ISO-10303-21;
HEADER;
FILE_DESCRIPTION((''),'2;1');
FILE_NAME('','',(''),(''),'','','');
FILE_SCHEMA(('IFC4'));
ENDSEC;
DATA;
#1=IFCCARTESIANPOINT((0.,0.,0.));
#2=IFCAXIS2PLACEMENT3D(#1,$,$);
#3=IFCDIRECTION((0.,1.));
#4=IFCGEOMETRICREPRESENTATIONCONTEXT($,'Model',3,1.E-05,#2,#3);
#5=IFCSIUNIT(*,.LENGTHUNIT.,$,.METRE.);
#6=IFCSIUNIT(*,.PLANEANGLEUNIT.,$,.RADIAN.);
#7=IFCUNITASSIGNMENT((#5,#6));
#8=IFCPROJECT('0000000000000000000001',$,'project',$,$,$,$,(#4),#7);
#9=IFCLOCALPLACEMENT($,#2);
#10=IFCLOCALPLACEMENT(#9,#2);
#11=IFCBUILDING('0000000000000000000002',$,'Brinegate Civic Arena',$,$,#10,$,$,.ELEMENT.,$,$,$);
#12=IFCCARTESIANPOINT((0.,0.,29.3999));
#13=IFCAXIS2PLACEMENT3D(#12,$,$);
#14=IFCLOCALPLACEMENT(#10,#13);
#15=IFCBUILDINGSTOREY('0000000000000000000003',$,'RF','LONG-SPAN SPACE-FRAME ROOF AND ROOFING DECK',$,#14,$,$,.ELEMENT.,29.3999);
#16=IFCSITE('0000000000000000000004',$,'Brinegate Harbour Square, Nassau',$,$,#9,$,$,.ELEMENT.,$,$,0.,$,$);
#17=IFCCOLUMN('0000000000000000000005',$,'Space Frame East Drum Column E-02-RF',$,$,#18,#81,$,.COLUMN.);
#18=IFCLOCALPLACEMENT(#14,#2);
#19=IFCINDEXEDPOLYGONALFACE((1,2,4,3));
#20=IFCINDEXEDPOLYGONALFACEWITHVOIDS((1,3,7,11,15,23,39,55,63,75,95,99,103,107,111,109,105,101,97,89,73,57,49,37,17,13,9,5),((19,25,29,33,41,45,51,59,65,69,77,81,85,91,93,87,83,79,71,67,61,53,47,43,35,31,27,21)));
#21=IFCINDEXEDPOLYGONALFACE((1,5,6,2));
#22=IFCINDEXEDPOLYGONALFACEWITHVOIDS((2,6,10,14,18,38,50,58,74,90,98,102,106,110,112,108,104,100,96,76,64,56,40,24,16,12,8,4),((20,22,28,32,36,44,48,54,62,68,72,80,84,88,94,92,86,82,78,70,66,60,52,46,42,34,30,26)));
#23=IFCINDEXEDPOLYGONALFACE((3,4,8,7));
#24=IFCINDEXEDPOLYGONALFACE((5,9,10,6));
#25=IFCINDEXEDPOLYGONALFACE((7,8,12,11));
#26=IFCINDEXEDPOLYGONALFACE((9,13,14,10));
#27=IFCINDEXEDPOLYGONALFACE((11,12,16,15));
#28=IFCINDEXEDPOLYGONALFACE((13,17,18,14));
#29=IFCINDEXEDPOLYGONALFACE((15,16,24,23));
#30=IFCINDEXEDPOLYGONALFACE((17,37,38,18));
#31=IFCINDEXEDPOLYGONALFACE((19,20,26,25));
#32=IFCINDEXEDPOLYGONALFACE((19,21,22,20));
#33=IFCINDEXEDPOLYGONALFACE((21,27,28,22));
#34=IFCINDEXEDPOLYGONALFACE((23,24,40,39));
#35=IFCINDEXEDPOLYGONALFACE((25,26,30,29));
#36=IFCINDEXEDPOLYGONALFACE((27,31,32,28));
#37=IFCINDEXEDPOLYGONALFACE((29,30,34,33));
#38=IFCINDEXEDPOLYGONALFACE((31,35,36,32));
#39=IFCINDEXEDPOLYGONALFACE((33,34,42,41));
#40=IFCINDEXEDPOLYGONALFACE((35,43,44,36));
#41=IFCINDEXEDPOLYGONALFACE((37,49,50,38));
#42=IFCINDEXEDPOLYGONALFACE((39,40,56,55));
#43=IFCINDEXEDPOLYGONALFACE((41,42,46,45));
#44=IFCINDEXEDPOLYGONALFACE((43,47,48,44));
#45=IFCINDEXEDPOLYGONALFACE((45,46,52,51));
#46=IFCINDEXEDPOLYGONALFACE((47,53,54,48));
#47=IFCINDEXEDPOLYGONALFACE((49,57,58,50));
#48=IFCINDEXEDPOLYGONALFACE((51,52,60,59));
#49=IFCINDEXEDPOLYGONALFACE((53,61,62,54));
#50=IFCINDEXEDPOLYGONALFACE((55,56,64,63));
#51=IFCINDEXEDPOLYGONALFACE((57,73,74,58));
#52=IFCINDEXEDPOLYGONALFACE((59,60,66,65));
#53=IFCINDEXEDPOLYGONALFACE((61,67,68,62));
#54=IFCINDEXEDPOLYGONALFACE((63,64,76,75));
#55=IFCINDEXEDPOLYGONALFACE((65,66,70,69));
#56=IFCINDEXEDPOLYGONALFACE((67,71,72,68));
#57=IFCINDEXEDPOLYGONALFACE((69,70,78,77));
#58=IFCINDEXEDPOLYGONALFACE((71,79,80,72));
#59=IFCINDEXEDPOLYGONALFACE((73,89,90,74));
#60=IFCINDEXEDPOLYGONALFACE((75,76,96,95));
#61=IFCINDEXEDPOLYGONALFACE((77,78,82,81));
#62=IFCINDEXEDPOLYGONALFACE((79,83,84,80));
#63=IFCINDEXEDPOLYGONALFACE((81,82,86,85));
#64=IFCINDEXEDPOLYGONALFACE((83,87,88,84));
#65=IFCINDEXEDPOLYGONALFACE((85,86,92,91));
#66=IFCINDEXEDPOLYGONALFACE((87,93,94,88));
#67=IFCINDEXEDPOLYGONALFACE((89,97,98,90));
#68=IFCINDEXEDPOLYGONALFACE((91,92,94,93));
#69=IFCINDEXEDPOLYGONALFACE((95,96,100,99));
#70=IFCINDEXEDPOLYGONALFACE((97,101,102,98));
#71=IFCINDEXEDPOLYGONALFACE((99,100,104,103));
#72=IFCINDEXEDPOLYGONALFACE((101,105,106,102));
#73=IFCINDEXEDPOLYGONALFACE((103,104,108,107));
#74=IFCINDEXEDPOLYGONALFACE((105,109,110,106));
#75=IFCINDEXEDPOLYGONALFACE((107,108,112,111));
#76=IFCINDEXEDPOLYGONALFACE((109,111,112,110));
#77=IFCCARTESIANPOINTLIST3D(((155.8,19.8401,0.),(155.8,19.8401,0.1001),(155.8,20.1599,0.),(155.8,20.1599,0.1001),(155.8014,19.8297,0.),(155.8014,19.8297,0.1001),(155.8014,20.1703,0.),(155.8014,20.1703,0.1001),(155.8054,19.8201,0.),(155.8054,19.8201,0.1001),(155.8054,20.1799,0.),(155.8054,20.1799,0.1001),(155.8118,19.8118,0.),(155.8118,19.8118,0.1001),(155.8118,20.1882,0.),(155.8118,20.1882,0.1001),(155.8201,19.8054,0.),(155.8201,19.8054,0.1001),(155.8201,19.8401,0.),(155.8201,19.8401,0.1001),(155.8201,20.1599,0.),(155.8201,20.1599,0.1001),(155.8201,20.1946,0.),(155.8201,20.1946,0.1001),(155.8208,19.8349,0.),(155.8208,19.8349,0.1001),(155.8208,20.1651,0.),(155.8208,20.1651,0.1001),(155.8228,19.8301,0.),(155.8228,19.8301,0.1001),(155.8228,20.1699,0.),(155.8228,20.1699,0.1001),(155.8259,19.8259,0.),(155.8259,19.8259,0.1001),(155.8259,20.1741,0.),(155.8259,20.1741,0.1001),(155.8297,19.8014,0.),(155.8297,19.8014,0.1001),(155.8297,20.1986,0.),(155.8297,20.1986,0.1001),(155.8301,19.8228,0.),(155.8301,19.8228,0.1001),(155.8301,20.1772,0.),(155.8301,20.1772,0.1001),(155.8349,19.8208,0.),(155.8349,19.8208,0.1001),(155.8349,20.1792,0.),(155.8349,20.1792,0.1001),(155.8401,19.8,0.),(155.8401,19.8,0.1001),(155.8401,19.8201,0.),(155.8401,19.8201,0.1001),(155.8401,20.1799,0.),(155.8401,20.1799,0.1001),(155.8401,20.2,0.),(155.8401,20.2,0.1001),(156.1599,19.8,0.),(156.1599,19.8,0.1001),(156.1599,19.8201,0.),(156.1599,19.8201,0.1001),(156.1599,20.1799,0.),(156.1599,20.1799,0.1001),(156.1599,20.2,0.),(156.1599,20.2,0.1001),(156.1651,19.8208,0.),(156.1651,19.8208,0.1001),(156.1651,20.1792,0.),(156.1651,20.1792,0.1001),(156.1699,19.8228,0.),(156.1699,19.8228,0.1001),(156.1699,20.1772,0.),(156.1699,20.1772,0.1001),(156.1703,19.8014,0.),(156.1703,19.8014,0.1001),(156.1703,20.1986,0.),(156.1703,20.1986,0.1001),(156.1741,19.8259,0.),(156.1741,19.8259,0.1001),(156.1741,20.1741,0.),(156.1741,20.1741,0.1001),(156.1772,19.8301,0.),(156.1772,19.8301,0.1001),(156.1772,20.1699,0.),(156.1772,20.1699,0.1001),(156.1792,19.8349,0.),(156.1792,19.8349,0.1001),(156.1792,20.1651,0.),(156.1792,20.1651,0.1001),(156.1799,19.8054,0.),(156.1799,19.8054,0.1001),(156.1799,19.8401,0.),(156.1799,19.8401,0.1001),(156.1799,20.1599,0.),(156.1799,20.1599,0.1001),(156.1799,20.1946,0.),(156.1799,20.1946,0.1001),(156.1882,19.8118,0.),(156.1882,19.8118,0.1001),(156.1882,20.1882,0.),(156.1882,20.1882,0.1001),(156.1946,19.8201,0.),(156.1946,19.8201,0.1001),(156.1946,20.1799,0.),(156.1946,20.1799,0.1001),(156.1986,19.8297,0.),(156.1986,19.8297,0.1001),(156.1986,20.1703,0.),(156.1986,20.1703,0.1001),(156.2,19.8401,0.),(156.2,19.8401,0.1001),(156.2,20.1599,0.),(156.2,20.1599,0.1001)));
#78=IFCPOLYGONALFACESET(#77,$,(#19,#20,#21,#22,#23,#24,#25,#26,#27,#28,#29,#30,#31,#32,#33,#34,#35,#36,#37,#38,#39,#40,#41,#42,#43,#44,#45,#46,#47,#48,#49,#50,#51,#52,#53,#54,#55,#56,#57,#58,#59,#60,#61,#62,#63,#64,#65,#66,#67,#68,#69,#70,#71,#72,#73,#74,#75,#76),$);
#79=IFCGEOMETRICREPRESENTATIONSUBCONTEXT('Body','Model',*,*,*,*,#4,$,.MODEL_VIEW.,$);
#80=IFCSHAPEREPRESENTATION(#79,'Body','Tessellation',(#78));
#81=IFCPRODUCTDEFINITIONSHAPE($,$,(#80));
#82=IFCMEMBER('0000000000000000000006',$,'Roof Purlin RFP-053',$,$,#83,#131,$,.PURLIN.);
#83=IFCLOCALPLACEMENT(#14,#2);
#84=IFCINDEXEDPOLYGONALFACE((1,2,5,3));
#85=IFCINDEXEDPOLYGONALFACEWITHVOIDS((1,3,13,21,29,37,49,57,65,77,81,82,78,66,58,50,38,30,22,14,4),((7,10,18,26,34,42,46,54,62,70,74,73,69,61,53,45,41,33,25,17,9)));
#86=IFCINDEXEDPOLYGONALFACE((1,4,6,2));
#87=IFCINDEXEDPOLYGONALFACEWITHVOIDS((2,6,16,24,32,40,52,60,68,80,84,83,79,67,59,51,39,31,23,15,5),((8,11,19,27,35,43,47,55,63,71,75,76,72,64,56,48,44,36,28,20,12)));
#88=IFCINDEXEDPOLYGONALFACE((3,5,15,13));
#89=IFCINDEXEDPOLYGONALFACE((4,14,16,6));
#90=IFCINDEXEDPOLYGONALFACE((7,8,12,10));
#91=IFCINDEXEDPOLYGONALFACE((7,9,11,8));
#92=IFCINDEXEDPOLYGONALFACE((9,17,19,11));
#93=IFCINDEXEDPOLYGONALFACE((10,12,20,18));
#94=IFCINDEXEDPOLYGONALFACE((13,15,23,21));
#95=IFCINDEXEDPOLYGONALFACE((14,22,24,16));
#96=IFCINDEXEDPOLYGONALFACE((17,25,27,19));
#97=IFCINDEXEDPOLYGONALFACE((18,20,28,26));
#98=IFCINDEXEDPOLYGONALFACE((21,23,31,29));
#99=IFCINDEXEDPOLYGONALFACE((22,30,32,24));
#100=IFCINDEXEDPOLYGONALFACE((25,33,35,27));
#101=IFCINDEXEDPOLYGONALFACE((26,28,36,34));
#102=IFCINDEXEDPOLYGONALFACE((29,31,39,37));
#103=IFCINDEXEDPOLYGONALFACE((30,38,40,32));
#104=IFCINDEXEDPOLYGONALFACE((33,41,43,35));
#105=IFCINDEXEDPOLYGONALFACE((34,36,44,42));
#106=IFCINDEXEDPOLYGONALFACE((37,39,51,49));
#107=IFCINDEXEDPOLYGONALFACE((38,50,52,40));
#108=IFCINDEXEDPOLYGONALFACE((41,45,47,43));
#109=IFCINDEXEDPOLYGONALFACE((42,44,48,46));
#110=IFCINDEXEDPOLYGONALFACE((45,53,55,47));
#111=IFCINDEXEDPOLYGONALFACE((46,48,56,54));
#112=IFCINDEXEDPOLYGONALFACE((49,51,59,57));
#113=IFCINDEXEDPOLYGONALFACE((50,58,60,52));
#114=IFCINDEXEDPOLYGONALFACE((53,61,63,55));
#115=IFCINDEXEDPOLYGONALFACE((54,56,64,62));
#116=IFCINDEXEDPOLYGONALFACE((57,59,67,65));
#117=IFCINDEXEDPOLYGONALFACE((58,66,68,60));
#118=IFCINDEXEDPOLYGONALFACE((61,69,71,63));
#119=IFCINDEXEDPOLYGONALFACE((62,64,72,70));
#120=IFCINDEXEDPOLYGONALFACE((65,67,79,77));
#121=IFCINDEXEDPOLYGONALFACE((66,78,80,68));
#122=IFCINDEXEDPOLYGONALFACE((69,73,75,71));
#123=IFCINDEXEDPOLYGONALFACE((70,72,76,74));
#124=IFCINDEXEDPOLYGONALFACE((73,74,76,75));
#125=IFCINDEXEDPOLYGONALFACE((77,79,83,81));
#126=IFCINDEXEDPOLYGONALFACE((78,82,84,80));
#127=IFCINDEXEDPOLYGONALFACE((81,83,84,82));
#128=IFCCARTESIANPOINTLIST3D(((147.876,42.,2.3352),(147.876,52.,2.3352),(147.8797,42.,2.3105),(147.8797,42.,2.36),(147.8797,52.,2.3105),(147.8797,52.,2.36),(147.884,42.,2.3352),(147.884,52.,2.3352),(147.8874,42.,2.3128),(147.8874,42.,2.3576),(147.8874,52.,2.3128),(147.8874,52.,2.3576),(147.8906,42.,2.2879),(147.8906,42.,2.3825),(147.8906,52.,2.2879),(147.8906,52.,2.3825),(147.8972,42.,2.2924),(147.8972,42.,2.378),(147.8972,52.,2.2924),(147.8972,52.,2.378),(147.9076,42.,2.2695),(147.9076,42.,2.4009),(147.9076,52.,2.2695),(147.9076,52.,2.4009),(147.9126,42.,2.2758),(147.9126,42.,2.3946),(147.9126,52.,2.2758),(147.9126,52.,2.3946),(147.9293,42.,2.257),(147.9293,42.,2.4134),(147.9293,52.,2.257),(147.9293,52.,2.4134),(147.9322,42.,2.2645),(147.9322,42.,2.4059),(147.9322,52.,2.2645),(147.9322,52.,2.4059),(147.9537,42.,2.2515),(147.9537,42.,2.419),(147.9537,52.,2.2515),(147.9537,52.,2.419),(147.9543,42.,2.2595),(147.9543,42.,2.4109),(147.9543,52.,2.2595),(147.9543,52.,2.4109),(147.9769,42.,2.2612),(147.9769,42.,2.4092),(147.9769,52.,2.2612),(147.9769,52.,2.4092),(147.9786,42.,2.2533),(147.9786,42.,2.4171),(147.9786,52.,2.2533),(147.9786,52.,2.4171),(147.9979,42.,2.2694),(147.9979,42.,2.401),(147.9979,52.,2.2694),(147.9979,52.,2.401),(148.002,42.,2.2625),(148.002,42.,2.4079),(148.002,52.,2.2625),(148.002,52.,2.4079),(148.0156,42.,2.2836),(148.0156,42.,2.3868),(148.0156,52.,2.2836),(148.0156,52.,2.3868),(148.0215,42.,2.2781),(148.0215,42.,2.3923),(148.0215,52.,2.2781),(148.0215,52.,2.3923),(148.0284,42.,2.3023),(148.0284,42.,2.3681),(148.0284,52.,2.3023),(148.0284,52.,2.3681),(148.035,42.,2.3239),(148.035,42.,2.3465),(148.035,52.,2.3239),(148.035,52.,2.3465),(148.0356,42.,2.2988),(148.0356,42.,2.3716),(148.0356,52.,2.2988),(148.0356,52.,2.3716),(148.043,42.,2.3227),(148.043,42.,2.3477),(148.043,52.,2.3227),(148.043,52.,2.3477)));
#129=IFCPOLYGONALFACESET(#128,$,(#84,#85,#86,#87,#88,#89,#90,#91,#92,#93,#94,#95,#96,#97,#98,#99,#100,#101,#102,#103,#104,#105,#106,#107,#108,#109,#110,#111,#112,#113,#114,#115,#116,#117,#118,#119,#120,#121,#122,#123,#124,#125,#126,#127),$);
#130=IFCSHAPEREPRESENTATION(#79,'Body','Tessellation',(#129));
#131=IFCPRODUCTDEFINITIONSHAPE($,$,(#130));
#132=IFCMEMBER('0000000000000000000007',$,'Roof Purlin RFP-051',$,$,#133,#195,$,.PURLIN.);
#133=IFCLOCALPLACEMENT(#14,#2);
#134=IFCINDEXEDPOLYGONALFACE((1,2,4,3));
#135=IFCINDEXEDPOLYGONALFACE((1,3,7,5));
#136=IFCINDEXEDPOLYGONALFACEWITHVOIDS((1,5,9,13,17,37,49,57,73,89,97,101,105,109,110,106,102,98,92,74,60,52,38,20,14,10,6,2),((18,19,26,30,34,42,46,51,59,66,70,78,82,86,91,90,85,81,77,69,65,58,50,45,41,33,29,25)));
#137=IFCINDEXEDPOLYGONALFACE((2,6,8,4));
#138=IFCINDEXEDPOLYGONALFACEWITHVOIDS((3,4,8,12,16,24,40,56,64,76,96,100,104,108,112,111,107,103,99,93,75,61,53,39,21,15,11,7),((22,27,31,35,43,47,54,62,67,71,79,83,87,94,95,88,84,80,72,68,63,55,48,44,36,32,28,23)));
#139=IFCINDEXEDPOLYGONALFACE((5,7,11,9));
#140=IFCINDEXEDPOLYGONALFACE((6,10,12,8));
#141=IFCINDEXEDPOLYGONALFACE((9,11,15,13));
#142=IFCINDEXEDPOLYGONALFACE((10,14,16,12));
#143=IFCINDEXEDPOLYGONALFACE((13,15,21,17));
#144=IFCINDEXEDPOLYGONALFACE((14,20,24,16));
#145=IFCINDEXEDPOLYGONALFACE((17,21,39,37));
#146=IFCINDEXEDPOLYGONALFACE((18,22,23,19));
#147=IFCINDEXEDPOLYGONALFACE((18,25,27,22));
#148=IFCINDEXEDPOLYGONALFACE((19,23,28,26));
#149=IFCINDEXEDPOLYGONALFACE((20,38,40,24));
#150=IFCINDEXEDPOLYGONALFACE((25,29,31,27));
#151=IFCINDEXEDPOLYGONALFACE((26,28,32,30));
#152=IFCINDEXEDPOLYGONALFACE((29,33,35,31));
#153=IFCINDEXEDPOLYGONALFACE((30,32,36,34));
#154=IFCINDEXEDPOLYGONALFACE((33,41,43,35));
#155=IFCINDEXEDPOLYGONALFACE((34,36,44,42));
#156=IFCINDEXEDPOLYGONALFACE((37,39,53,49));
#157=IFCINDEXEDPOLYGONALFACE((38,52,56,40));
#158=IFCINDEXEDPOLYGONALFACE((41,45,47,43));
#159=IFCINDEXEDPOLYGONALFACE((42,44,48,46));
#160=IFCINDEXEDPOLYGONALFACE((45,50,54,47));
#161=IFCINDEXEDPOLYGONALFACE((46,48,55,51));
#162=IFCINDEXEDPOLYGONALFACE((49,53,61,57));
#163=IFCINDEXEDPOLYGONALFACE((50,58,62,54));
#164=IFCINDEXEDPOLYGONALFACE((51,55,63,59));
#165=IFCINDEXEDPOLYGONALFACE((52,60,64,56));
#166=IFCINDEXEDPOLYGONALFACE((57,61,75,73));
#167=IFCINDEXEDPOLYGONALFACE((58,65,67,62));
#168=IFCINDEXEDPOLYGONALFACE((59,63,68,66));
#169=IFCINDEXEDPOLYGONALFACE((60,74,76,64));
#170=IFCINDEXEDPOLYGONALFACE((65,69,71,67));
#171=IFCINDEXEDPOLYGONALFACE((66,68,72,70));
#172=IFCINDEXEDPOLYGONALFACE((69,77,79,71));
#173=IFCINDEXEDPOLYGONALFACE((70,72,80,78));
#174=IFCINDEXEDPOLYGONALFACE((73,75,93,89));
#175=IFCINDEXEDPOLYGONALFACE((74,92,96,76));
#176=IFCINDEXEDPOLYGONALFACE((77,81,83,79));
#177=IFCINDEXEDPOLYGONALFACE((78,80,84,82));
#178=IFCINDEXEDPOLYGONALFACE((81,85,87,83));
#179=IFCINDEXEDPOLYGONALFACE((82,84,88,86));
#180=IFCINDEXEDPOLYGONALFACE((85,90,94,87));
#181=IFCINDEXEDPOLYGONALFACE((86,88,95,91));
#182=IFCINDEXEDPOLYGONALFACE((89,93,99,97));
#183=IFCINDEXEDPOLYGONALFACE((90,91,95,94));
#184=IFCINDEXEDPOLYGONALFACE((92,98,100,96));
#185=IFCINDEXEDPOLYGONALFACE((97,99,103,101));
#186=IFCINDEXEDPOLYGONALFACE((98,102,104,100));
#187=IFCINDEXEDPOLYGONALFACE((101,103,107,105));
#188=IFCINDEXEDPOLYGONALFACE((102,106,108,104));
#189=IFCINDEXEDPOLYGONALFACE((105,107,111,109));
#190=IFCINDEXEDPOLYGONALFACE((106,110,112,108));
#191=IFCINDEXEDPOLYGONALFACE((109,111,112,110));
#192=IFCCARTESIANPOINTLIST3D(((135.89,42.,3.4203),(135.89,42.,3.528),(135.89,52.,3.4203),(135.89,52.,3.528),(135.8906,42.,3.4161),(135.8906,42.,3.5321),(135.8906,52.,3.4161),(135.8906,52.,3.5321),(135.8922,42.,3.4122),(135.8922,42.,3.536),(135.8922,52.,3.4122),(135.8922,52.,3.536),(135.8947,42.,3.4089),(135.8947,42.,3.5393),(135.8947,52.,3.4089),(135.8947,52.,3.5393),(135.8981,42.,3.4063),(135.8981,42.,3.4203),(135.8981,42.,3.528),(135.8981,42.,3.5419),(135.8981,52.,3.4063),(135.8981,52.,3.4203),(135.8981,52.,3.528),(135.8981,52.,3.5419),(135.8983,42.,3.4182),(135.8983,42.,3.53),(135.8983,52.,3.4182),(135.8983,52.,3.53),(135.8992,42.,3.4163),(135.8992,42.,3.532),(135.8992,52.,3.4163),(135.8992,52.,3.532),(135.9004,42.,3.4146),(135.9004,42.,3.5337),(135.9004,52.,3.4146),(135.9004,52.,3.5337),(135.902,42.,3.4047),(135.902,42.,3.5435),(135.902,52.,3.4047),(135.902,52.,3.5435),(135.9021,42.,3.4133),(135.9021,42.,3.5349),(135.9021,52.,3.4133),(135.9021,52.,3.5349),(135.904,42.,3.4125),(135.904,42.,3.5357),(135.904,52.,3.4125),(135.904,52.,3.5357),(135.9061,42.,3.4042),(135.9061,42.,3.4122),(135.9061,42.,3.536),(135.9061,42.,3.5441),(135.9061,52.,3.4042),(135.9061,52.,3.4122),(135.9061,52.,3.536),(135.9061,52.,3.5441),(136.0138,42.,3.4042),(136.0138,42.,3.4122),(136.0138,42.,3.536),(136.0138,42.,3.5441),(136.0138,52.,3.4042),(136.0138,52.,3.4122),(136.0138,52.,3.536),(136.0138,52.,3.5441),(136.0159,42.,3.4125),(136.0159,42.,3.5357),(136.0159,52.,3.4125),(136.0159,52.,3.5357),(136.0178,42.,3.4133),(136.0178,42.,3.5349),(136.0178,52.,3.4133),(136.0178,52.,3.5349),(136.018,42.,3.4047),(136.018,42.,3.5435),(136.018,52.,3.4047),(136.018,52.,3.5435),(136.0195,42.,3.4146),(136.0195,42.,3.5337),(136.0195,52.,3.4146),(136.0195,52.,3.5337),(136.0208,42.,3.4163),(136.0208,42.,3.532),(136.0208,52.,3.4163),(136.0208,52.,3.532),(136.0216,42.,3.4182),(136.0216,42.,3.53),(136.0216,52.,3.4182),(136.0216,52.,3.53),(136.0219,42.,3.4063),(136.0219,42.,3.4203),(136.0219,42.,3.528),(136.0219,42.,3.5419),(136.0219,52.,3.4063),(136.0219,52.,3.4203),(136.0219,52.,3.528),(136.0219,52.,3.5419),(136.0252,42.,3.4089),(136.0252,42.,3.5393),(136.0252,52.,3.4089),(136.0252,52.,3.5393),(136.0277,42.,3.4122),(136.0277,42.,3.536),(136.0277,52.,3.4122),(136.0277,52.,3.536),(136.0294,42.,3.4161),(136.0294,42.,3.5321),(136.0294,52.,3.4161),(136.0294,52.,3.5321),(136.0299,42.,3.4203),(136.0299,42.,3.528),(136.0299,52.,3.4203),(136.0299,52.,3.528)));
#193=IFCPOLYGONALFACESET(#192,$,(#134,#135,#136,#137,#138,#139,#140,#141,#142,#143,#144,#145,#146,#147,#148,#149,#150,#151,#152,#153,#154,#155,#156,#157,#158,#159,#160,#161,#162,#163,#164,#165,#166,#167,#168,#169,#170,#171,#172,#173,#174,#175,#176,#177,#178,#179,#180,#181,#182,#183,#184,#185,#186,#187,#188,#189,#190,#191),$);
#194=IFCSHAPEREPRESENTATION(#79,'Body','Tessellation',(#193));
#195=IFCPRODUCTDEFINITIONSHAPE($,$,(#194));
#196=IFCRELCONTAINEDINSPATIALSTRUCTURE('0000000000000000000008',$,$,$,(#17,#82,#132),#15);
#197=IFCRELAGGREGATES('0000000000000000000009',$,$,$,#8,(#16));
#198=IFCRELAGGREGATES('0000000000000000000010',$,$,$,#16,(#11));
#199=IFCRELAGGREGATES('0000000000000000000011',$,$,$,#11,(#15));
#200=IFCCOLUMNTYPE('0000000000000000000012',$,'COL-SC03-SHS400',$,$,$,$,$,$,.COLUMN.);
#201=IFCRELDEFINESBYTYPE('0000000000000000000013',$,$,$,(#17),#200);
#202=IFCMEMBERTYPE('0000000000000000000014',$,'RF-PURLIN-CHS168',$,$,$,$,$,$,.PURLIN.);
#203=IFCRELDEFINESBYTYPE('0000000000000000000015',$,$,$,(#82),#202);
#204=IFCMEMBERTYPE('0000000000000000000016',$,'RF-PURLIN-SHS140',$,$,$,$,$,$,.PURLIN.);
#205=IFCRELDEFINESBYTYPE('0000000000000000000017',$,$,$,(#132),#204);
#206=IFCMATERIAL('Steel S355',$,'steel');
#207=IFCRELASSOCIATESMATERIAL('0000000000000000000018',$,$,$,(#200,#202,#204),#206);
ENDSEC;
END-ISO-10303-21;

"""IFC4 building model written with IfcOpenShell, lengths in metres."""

from ifc_helpers import new_model, si_unit, direction, frame, origin, origin_2d, place, context, subcontext, project, spatial, hollow_rectangle, hollow_circle, extrude, material, material_profile, profile_set, type_object, element, save


model = new_model("IFC4")

# Units and contexts
model_context = context("Model", 3, precision=1e-05, world=origin(), true_north=direction((0.0, 1.0)))
body_context = subcontext(model_context, "Body", "Model", "MODEL_VIEW")
ifc_project = project(units=[si_unit("LENGTHUNIT", "METRE"), si_unit("PLANEANGLEUNIT", "RADIAN")], contexts=[model_context])

# Site, building, storey
site_placement = place(None, origin())
site = spatial("IfcSite", under=ifc_project, at=site_placement, Name="Brinegate Harbour Square, Nassau", CompositionType="ELEMENT", RefElevation=0.0)
building_placement = place(site_placement, origin())
building = spatial("IfcBuilding", under=site, at=building_placement, Name="Brinegate Civic Arena", CompositionType="ELEMENT")
storey_placement = place(building_placement, frame((0.0, 0.0, 29.3999)))
storey = spatial("IfcBuildingStorey", under=building, at=storey_placement, Name="RF", Description="LONG-SPAN SPACE-FRAME ROOF AND ROOFING DECK", CompositionType="ELEMENT", Elevation=29.3999)

# Column
ifc_material_1 = material(Name="Steel S355", Category="steel")
ifc_material_profile_1 = material_profile(ifc_material_1, hollow_rectangle(XDim=0.3999, YDim=0.3999, WallThickness=0.02, InnerFilletRadius=0.02, OuterFilletRadius=0.04, at=origin_2d()), Name="SHS400X20")
ifc_profile_set_1 = profile_set([ifc_material_profile_1], Name="Steel S355")
column_type = type_object("IfcColumnType", Name="COL-SC03-SHS400", PredefinedType="COLUMN", material=ifc_profile_set_1)
column_placement = place(storey_placement, frame((156.0, 20.0, 0.0), z_axis=(0.0, 0.0, 1.0), x_axis=(1.0, 0.0, 0.0)))
element("IfcColumn", 1, at=column_placement, inside=storey, type_object=column_type, Name="Space Frame East Drum Column E-02-RF", PredefinedType="COLUMN", context=body_context, shape_type="SweptSolid", body=[
    extrude(hollow_rectangle(XDim=0.3999, YDim=0.3999, WallThickness=0.02, InnerFilletRadius=0.02, OuterFilletRadius=0.04, at=origin_2d()), origin(), (0.0, 0.0, 1.0), 0.1001),
])

# Members
ifc_material_profile_2 = material_profile(ifc_material_1, hollow_circle(Radius=0.084, WallThickness=0.0081, at=origin_2d()), Name="CHS168X8")
ifc_profile_set_2 = profile_set([ifc_material_profile_2], Name="Steel S355")
member_type_1 = type_object("IfcMemberType", Name="RF-PURLIN-CHS168", PredefinedType="PURLIN", material=ifc_profile_set_2)
member_1_placement = place(storey_placement, frame((147.96, 42.0, 2.3352), z_axis=(0.0, 1.0, 0.0), x_axis=(-1.0, 0.0, 0.0)))
element("IfcMember", 2, at=member_1_placement, inside=storey, type_object=member_type_1, Name="Roof Purlin RFP-053", PredefinedType="PURLIN", context=body_context, shape_type="SweptSolid", body=[
    extrude(hollow_circle(Radius=0.084, WallThickness=0.0081, at=origin_2d()), origin(), (0.0, 0.0, 1.0), 10.0),
])
ifc_material_profile_3 = material_profile(ifc_material_1, hollow_rectangle(XDim=0.1399, YDim=0.1399, WallThickness=0.0081, InnerFilletRadius=0.0081, OuterFilletRadius=0.0161, at=origin_2d()), Name="SHS140X8")
ifc_profile_set_3 = profile_set([ifc_material_profile_3], Name="Steel S355")
member_type_2 = type_object("IfcMemberType", Name="RF-PURLIN-SHS140", PredefinedType="PURLIN", material=ifc_profile_set_3)
for number, where, z_axis, x_axis, name in (
    (3, (135.96, 42.0, 3.4741), (0.0, 1.0, 0.0), (-1.0, 0.0, 0.0), "Roof Purlin RFP-051"),
):
    element("IfcMember", number, at=place(storey_placement, frame(where, z_axis=z_axis, x_axis=x_axis)), inside=storey, type_object=member_type_2, Name=name, PredefinedType="PURLIN", context=body_context, shape_type="SweptSolid", body=[
        extrude(hollow_rectangle(XDim=0.1399, YDim=0.1399, WallThickness=0.0081, InnerFilletRadius=0.0081, OuterFilletRadius=0.0161, at=origin_2d()), origin(), (0.0, 0.0, 1.0), 10.0),
    ])

save(model, "model.ifc")
